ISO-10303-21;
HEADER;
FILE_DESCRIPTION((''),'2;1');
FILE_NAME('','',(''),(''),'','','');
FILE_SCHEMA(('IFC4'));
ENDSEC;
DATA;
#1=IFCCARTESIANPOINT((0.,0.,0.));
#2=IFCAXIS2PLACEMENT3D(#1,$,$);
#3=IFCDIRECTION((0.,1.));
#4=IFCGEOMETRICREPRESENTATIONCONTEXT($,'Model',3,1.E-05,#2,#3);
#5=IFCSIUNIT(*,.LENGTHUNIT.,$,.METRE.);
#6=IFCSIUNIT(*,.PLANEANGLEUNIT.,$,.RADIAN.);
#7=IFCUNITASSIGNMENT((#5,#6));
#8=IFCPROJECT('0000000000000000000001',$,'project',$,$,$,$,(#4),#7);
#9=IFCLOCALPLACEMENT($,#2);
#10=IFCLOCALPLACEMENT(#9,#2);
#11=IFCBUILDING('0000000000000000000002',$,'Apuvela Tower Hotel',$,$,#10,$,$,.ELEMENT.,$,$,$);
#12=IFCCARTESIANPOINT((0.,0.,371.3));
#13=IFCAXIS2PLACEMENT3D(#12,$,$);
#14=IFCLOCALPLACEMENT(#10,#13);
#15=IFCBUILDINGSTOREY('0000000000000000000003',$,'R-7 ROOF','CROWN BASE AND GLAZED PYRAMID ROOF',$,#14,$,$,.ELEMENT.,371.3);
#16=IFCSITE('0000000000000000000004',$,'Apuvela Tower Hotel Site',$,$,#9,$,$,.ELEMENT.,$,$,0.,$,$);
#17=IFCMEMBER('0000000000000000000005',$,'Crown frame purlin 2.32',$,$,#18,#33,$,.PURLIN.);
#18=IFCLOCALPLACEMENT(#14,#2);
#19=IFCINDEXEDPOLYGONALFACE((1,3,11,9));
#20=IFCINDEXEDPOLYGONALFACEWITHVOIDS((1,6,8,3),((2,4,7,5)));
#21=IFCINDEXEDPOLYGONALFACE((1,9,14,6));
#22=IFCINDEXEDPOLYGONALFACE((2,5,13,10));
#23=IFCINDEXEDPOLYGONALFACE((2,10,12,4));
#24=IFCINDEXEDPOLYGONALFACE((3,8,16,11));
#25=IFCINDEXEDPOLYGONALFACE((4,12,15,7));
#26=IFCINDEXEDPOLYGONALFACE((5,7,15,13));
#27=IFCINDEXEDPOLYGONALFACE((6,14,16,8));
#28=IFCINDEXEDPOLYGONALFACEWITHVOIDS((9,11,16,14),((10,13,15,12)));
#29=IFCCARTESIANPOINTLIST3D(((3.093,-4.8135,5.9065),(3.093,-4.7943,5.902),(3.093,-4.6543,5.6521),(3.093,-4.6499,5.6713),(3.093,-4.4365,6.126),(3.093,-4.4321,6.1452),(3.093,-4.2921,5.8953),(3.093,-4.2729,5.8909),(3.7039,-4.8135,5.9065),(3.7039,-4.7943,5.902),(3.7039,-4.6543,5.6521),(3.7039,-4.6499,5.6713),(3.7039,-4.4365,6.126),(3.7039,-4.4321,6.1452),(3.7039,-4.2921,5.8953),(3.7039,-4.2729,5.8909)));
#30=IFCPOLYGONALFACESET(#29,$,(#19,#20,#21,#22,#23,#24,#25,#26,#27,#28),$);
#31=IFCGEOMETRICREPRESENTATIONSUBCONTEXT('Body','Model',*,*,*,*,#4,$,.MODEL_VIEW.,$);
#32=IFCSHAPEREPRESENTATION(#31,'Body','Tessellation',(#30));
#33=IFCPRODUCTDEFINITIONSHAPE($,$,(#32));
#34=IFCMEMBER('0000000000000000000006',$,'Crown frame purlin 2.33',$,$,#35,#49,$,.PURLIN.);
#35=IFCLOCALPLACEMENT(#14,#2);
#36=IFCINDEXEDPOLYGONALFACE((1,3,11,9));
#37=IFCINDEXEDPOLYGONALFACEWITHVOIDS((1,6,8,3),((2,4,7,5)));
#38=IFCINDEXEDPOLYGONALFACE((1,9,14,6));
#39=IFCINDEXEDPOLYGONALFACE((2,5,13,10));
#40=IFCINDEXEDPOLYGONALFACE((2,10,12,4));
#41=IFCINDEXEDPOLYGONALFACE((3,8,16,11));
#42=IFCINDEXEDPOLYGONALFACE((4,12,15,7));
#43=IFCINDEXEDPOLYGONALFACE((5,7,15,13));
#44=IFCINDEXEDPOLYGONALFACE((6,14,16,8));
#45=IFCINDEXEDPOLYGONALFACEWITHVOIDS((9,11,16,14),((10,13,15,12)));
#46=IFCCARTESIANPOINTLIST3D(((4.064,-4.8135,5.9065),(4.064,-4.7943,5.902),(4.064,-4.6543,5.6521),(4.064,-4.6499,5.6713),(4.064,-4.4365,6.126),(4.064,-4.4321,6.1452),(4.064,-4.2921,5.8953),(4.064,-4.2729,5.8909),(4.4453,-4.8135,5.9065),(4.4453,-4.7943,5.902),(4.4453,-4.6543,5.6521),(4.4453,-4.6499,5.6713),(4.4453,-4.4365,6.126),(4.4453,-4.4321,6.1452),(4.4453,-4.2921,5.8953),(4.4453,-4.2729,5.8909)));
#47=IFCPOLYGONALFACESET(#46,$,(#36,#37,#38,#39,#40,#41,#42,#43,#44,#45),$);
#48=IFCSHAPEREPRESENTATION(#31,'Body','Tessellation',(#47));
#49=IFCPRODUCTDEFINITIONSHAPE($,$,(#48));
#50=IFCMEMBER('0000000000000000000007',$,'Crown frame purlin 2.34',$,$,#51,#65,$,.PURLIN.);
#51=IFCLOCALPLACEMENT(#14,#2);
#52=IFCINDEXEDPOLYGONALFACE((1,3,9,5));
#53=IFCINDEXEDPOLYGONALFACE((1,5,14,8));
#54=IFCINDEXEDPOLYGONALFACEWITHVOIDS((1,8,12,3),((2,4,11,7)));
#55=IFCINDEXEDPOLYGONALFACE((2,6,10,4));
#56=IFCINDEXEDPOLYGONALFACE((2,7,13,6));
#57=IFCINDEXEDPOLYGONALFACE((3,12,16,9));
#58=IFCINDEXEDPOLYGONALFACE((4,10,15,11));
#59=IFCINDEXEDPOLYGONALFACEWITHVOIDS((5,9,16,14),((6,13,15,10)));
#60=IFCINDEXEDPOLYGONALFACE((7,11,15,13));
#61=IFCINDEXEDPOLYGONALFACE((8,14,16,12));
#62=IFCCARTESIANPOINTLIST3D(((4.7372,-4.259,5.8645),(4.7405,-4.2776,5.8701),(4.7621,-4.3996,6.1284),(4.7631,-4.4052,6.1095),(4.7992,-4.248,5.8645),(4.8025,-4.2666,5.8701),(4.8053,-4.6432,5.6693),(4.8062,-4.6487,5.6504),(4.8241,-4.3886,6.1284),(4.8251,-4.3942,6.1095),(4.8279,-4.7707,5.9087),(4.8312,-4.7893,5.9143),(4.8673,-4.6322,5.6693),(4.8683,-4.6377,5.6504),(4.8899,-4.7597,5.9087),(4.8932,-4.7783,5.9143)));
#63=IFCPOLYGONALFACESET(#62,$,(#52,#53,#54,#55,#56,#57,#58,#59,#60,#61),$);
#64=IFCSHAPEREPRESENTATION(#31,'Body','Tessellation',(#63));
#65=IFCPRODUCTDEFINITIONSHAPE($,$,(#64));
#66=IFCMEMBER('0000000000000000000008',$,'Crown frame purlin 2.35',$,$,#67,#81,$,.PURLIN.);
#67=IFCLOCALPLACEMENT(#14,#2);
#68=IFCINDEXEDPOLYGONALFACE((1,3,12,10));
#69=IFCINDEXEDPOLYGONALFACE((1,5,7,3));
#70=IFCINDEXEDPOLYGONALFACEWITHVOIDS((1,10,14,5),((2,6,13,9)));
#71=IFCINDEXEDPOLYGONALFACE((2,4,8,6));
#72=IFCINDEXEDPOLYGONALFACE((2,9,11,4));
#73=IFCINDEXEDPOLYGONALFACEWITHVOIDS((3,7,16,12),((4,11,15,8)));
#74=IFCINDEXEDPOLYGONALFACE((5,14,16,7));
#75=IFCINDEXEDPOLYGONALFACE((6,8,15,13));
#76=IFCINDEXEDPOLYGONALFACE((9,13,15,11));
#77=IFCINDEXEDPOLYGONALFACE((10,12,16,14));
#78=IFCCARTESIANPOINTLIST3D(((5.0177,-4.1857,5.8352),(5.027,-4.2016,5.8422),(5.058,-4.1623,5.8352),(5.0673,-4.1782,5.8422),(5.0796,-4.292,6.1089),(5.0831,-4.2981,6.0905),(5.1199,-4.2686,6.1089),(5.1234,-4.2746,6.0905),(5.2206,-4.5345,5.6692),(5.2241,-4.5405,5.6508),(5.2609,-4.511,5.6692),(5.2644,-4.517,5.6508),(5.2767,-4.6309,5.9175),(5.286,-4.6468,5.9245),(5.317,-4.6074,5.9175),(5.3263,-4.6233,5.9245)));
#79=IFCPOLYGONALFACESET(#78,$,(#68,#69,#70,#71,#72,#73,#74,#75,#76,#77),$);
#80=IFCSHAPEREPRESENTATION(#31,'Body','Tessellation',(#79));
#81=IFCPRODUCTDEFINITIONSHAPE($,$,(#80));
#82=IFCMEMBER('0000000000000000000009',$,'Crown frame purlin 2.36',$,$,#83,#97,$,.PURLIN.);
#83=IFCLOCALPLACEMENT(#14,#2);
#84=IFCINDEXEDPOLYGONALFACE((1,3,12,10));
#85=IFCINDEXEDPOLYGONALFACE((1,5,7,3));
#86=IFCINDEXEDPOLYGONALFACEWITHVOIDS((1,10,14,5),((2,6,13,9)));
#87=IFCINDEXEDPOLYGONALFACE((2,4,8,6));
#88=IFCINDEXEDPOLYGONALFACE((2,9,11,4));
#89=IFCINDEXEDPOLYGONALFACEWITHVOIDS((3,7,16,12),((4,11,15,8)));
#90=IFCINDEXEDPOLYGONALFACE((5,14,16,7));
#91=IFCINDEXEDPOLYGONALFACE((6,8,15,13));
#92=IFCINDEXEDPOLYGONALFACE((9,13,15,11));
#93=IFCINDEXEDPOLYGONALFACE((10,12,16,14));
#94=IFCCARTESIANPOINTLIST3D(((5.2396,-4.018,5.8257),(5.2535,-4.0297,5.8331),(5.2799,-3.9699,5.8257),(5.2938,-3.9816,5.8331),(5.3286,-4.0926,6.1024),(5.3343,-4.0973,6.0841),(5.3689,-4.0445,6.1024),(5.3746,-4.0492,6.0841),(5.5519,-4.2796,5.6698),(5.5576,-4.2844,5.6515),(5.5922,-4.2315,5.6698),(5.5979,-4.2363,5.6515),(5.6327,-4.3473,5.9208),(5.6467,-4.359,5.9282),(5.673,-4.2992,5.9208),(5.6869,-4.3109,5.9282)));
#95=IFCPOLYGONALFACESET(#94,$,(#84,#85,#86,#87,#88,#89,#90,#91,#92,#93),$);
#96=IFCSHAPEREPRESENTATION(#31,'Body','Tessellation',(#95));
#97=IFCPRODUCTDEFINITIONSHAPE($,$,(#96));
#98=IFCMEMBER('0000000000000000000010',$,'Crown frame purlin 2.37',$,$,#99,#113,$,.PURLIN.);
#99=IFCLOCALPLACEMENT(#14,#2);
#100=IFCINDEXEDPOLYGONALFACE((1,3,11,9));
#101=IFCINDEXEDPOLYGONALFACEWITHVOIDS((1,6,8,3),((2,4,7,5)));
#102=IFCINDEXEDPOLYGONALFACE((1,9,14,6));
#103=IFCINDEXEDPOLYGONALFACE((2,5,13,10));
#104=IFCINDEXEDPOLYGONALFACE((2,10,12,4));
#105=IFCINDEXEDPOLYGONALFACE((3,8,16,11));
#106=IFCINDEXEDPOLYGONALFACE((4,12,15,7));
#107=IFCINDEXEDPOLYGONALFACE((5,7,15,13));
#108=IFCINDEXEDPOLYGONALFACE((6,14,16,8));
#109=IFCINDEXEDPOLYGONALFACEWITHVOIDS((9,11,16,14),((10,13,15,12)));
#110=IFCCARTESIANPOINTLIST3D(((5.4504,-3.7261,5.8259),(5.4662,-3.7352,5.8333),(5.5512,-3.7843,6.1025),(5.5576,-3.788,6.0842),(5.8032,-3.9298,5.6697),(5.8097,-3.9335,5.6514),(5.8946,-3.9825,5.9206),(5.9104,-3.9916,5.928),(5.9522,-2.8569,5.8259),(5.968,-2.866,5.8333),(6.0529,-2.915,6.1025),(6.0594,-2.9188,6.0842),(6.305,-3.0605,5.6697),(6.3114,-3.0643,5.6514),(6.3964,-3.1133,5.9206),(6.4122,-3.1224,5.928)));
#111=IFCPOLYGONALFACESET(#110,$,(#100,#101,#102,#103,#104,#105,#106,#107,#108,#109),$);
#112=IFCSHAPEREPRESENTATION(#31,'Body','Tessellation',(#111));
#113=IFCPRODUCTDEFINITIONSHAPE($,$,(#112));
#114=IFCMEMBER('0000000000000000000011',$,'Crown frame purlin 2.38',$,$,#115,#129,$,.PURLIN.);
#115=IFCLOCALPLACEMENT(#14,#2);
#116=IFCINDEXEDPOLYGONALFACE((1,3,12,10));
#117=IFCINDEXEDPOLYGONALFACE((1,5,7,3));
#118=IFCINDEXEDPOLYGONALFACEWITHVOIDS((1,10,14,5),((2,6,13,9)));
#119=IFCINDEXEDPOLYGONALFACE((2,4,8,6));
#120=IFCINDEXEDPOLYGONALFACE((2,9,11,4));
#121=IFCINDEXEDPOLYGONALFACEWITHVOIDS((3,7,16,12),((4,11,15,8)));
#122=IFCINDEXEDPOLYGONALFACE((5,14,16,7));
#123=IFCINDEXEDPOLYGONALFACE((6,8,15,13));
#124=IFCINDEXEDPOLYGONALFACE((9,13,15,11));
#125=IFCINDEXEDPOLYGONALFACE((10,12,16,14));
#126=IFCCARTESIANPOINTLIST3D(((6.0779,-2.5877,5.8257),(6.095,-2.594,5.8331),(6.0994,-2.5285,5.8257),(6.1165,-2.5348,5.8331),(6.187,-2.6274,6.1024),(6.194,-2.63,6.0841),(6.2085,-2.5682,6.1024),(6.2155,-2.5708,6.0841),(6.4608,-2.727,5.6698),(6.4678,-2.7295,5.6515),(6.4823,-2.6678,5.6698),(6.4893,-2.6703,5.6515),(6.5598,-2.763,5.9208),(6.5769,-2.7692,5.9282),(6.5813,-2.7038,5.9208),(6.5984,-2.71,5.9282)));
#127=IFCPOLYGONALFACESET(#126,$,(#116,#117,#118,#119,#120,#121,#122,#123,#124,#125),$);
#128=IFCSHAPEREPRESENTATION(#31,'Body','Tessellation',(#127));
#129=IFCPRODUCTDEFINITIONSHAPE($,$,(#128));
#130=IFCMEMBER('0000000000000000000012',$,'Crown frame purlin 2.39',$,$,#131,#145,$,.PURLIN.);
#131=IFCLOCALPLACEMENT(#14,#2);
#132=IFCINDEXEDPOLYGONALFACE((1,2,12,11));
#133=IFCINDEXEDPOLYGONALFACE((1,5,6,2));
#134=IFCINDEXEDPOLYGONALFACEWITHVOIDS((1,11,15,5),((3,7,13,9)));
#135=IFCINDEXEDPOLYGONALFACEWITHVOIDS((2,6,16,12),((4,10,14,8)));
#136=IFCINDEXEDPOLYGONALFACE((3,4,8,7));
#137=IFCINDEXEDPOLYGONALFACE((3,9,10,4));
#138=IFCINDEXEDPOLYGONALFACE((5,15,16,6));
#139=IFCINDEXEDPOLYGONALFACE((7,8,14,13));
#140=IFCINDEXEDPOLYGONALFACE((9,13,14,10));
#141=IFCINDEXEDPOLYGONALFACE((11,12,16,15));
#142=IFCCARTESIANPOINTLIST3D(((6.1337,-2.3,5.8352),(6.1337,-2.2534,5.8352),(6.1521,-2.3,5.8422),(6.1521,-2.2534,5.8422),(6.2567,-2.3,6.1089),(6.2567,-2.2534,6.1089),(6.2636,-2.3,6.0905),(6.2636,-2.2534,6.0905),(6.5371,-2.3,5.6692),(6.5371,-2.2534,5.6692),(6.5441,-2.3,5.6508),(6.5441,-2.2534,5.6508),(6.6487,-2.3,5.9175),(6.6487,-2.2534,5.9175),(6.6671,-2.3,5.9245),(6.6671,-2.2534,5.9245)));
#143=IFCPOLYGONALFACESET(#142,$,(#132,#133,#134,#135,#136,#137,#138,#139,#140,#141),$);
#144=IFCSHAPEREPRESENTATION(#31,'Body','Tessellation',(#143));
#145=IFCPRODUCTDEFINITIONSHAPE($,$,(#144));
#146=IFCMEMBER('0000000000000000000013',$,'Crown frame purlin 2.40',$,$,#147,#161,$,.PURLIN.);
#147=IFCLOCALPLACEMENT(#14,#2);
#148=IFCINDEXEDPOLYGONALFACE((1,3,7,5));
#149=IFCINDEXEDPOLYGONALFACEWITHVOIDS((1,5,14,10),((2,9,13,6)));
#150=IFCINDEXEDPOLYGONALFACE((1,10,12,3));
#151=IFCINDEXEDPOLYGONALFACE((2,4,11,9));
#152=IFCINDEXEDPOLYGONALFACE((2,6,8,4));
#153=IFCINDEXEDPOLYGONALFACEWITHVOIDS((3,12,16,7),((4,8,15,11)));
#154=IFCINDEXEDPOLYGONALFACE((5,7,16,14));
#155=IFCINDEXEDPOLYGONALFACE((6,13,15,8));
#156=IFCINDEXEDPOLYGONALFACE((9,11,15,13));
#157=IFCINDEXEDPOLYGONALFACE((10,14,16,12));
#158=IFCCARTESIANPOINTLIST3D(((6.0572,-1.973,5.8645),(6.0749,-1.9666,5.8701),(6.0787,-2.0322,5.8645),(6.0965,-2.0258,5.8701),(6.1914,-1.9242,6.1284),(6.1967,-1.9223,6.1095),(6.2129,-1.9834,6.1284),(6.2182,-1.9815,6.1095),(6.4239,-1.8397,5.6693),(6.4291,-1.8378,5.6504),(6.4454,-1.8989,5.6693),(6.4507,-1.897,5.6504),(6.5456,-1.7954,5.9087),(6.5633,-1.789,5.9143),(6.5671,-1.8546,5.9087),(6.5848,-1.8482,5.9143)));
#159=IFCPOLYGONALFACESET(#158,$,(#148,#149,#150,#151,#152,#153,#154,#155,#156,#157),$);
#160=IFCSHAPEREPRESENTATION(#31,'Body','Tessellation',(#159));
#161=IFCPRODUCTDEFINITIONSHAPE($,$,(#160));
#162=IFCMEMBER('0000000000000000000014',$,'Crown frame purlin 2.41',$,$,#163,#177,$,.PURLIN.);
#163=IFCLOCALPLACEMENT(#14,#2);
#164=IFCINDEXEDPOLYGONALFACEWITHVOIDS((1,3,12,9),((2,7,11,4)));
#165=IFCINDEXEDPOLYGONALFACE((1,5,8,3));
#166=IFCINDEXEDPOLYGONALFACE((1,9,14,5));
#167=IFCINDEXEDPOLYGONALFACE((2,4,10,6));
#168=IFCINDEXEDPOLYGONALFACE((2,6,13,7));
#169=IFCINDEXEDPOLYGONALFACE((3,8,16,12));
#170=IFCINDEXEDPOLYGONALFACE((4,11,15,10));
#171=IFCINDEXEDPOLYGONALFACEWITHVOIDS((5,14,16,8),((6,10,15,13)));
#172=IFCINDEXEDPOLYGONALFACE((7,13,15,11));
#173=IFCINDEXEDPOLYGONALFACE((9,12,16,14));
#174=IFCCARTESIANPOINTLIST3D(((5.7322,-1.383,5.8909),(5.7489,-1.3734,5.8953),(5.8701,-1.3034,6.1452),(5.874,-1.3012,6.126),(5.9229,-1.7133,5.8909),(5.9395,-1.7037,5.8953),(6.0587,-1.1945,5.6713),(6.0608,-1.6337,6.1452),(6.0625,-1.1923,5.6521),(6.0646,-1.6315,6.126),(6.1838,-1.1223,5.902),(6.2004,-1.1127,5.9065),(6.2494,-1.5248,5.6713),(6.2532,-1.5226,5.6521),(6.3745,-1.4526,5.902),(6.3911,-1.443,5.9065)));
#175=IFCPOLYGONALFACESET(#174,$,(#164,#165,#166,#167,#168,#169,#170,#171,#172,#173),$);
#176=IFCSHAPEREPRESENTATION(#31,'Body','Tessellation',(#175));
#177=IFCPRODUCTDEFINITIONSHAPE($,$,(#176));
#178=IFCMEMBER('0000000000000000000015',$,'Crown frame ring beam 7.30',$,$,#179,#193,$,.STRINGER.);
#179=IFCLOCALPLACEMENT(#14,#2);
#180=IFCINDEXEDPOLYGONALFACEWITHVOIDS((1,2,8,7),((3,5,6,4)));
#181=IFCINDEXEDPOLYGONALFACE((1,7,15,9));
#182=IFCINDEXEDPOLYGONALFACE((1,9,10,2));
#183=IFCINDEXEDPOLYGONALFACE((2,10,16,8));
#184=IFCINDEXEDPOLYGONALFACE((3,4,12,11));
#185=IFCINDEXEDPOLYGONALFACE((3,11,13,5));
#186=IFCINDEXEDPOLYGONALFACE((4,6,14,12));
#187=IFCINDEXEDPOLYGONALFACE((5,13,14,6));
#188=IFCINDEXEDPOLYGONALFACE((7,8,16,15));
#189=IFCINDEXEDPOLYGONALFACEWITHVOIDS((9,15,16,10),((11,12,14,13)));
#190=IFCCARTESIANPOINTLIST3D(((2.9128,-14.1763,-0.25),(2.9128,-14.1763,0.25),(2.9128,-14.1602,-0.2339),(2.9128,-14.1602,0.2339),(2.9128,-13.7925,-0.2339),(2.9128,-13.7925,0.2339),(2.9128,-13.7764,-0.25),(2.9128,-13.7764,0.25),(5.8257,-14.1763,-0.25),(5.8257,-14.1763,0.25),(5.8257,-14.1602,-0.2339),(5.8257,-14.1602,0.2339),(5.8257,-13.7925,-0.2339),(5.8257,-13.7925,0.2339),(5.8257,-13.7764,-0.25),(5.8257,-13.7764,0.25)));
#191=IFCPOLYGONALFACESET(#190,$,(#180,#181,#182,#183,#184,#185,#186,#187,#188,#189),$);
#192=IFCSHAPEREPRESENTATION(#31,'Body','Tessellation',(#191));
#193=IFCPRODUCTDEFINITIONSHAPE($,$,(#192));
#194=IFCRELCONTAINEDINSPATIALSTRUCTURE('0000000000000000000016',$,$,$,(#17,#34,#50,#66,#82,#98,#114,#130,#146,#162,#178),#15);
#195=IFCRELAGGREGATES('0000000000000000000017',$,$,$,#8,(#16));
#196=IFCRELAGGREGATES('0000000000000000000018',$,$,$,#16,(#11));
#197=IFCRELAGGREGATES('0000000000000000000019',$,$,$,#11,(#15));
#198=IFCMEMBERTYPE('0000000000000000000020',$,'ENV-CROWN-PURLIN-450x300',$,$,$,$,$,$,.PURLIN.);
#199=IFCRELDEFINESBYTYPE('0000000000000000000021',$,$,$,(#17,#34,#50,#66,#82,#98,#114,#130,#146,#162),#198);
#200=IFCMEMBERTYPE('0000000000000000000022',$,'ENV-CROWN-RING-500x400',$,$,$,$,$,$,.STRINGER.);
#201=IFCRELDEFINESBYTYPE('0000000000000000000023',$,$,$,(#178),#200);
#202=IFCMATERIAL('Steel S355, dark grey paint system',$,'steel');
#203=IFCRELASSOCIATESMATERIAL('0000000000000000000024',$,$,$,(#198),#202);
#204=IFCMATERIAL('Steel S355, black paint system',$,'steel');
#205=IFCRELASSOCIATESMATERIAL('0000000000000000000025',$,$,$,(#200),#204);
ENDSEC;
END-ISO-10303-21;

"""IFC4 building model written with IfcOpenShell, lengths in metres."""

from ifc_helpers import new_model, si_unit, direction, frame, origin, origin_2d, place, context, subcontext, project, spatial, hollow_rectangle, extrude, material, material_profile, profile_set, type_object, element, save


model = new_model("IFC4")

# Units and contexts
model_context = context("Model", 3, precision=1e-05, world=origin(), true_north=direction((0.0, 1.0)))
body_context = subcontext(model_context, "Body", "Model", "MODEL_VIEW")
ifc_project = project(units=[si_unit("LENGTHUNIT", "METRE"), si_unit("PLANEANGLEUNIT", "RADIAN")], contexts=[model_context])

# Site, building, storey
site_placement = place(None, origin())
site = spatial("IfcSite", under=ifc_project, at=site_placement, Name="Apuvela Tower Hotel Site", CompositionType="ELEMENT", RefElevation=0.0)
building_placement = place(site_placement, origin())
building = spatial("IfcBuilding", under=site, at=building_placement, Name="Apuvela Tower Hotel", CompositionType="ELEMENT")
storey_placement = place(building_placement, frame((0.0, 0.0, 371.3)))
storey = spatial("IfcBuildingStorey", under=building, at=storey_placement, Name="R-7 ROOF", Description="CROWN BASE AND GLAZED PYRAMID ROOF", CompositionType="ELEMENT", Elevation=371.3)

# Members
ifc_material_1 = material(Name="Steel S355, dark grey paint system", Category="steel")
ifc_material_profile_1 = material_profile(ifc_material_1, hollow_rectangle(XDim=0.45, YDim=0.3, WallThickness=0.0139, at=origin_2d()), Name="HSS 450x300x14")
ifc_profile_set_1 = profile_set([ifc_material_profile_1], Name="Steel S355, dark grey paint system")
member_type_1 = type_object("IfcMemberType", Name="ENV-CROWN-PURLIN-450x300", PredefinedType="PURLIN", material=ifc_profile_set_1)
member_1_placement = place(storey_placement, frame((3.093, -4.5432, 5.8987), z_axis=(1.0, 0.0, 0.0), x_axis=(0.0, 0.847593, 0.530647)))
element("IfcMember", 1, at=member_1_placement, inside=storey, type_object=member_type_1, Name="Crown frame purlin 2.32", PredefinedType="PURLIN", context=body_context, shape_type="SweptSolid", body=[
    extrude(hollow_rectangle(XDim=0.45, YDim=0.3, WallThickness=0.0139, at=origin_2d()), origin(), (0.0, 0.0, 1.0), 0.6108),
])
member_2_placement = place(storey_placement, frame((4.064, -4.5432, 5.8987), z_axis=(1.0, 0.0, 0.0), x_axis=(0.0, 0.847593, 0.530647)))
element("IfcMember", 2, at=member_2_placement, inside=storey, type_object=member_type_1, Name="Crown frame purlin 2.33", PredefinedType="PURLIN", context=body_context, shape_type="SweptSolid", body=[
    extrude(hollow_rectangle(XDim=0.45, YDim=0.3, WallThickness=0.0139, at=origin_2d()), origin(), (0.0, 0.0, 1.0), 0.3813),
])
member_3_placement = place(storey_placement, frame((4.7842, -4.5242, 5.8894), z_axis=(0.984666, 0.174449, 0.0), x_axis=(-0.153433, 0.866046, 0.475839)))
element("IfcMember", 3, at=member_3_placement, inside=storey, type_object=member_type_1, Name="Crown frame purlin 2.34", PredefinedType="PURLIN", context=body_context, shape_type="SweptSolid", body=[
    extrude(hollow_rectangle(XDim=0.45, YDim=0.3, WallThickness=0.0139, at=origin_2d()), origin(), (0.0, 0.0, 1.0), 0.063),
])
member_4_placement = place(storey_placement, frame((5.1519, -4.4163, 5.8799), z_axis=(0.864348, 0.502894, 0.0), x_axis=(-0.458722, 0.788428, 0.409823)))
element("IfcMember", 4, at=member_4_placement, inside=storey, type_object=member_type_1, Name="Crown frame purlin 2.35", PredefinedType="PURLIN", context=body_context, shape_type="SweptSolid", body=[
    extrude(hollow_rectangle(XDim=0.45, YDim=0.3, WallThickness=0.0139, at=origin_2d()), origin(), (0.0, 0.0, 1.0), 0.0466),
])
member_5_placement = place(storey_placement, frame((5.4431, -4.1885, 5.877), z_axis=(0.642096, 0.766624, 0.0), x_axis=(-0.706875, 0.592053, 0.387041)))
element("IfcMember", 5, at=member_5_placement, inside=storey, type_object=member_type_1, Name="Crown frame purlin 2.36", PredefinedType="PURLIN", context=body_context, shape_type="SweptSolid", body=[
    extrude(hollow_rectangle(XDim=0.45, YDim=0.3, WallThickness=0.0139, at=origin_2d()), origin(), (0.0, 0.0, 1.0), 0.0627),
])
member_6_placement = place(storey_placement, frame((5.6804, -3.8589, 5.877), z_axis=(0.499933, 0.866064, 0.0), x_axis=(-0.79834, 0.46084, 0.387659)))
element("IfcMember", 6, at=member_6_placement, inside=storey, type_object=member_type_1, Name="Crown frame purlin 2.37", PredefinedType="PURLIN", context=body_context, shape_type="SweptSolid", body=[
    extrude(hollow_rectangle(XDim=0.45, YDim=0.3, WallThickness=0.0139, at=origin_2d()), origin(), (0.0, 0.0, 1.0), 1.0037),
])
member_7_placement = place(storey_placement, frame((6.3274, -2.6785, 5.877), z_axis=(0.341743, 0.939793, 0.0), x_axis=(-0.866548, 0.315108, 0.387041)))
element("IfcMember", 7, at=member_7_placement, inside=storey, type_object=member_type_1, Name="Crown frame purlin 2.38", PredefinedType="PURLIN", context=body_context, shape_type="SweptSolid", body=[
    extrude(hollow_rectangle(XDim=0.45, YDim=0.3, WallThickness=0.0139, at=origin_2d()), origin(), (0.0, 0.0, 1.0), 0.063),
])
member_8_placement = place(storey_placement, frame((6.4004, -2.3, 5.8799), z_axis=(0.0, 1.0, 0.0), x_axis=(-0.912165, 0.0, 0.409823)))
element("IfcMember", 8, at=member_8_placement, inside=storey, type_object=member_type_1, Name="Crown frame purlin 2.39", PredefinedType="PURLIN", context=body_context, shape_type="SweptSolid", body=[
    extrude(hollow_rectangle(XDim=0.45, YDim=0.3, WallThickness=0.0139, at=origin_2d()), origin(), (0.0, 0.0, 1.0), 0.0466),
])
member_9_placement = place(storey_placement, frame((6.3318, -1.9402, 5.8894), z_axis=(-0.341743, 0.939793, 0.0), x_axis=(-0.826579, -0.300574, 0.475839)))
element("IfcMember", 9, at=member_9_placement, inside=storey, type_object=member_type_1, Name="Crown frame purlin 2.40", PredefinedType="PURLIN", context=body_context, shape_type="SweptSolid", body=[
    extrude(hollow_rectangle(XDim=0.45, YDim=0.3, WallThickness=0.0139, at=origin_2d()), origin(), (0.0, 0.0, 1.0), 0.063),
])
member_10_placement = place(storey_placement, frame((6.157, -1.5781, 5.8987), z_axis=(-0.499926, 0.866068, 0.0), x_axis=(-0.734073, -0.423733, 0.530647)))
element("IfcMember", 10, at=member_10_placement, inside=storey, type_object=member_type_1, Name="Crown frame purlin 2.41", PredefinedType="PURLIN", context=body_context, shape_type="SweptSolid", body=[
    extrude(hollow_rectangle(XDim=0.45, YDim=0.3, WallThickness=0.0139, at=origin_2d()), origin(), (0.0, 0.0, 1.0), 0.3813),
])
ifc_material_2 = material(Name="Steel S355, black paint system", Category="steel")
ifc_material_profile_2 = material_profile(ifc_material_2, hollow_rectangle(XDim=0.3999, YDim=0.5, WallThickness=0.0161, at=origin_2d()), Name="HSS 500x400x16")
ifc_profile_set_2 = profile_set([ifc_material_profile_2], Name="Steel S355, black paint system")
member_type_2 = type_object("IfcMemberType", Name="ENV-CROWN-RING-500x400", PredefinedType="STRINGER", material=ifc_profile_set_2)
member_11_placement = place(storey_placement, frame((2.9128, -13.9763, 0.0), z_axis=(1.0, 0.0, 0.0), x_axis=(0.0, 1.0, 0.0)))
element("IfcMember", 11, at=member_11_placement, inside=storey, type_object=member_type_2, Name="Crown frame ring beam 7.30", PredefinedType="STRINGER", context=body_context, shape_type="SweptSolid", body=[
    extrude(hollow_rectangle(XDim=0.3999, YDim=0.5, WallThickness=0.0161, at=origin_2d()), origin(), (0.0, 0.0, 1.0), 2.9128),
])

save(model, "model.ifc")
